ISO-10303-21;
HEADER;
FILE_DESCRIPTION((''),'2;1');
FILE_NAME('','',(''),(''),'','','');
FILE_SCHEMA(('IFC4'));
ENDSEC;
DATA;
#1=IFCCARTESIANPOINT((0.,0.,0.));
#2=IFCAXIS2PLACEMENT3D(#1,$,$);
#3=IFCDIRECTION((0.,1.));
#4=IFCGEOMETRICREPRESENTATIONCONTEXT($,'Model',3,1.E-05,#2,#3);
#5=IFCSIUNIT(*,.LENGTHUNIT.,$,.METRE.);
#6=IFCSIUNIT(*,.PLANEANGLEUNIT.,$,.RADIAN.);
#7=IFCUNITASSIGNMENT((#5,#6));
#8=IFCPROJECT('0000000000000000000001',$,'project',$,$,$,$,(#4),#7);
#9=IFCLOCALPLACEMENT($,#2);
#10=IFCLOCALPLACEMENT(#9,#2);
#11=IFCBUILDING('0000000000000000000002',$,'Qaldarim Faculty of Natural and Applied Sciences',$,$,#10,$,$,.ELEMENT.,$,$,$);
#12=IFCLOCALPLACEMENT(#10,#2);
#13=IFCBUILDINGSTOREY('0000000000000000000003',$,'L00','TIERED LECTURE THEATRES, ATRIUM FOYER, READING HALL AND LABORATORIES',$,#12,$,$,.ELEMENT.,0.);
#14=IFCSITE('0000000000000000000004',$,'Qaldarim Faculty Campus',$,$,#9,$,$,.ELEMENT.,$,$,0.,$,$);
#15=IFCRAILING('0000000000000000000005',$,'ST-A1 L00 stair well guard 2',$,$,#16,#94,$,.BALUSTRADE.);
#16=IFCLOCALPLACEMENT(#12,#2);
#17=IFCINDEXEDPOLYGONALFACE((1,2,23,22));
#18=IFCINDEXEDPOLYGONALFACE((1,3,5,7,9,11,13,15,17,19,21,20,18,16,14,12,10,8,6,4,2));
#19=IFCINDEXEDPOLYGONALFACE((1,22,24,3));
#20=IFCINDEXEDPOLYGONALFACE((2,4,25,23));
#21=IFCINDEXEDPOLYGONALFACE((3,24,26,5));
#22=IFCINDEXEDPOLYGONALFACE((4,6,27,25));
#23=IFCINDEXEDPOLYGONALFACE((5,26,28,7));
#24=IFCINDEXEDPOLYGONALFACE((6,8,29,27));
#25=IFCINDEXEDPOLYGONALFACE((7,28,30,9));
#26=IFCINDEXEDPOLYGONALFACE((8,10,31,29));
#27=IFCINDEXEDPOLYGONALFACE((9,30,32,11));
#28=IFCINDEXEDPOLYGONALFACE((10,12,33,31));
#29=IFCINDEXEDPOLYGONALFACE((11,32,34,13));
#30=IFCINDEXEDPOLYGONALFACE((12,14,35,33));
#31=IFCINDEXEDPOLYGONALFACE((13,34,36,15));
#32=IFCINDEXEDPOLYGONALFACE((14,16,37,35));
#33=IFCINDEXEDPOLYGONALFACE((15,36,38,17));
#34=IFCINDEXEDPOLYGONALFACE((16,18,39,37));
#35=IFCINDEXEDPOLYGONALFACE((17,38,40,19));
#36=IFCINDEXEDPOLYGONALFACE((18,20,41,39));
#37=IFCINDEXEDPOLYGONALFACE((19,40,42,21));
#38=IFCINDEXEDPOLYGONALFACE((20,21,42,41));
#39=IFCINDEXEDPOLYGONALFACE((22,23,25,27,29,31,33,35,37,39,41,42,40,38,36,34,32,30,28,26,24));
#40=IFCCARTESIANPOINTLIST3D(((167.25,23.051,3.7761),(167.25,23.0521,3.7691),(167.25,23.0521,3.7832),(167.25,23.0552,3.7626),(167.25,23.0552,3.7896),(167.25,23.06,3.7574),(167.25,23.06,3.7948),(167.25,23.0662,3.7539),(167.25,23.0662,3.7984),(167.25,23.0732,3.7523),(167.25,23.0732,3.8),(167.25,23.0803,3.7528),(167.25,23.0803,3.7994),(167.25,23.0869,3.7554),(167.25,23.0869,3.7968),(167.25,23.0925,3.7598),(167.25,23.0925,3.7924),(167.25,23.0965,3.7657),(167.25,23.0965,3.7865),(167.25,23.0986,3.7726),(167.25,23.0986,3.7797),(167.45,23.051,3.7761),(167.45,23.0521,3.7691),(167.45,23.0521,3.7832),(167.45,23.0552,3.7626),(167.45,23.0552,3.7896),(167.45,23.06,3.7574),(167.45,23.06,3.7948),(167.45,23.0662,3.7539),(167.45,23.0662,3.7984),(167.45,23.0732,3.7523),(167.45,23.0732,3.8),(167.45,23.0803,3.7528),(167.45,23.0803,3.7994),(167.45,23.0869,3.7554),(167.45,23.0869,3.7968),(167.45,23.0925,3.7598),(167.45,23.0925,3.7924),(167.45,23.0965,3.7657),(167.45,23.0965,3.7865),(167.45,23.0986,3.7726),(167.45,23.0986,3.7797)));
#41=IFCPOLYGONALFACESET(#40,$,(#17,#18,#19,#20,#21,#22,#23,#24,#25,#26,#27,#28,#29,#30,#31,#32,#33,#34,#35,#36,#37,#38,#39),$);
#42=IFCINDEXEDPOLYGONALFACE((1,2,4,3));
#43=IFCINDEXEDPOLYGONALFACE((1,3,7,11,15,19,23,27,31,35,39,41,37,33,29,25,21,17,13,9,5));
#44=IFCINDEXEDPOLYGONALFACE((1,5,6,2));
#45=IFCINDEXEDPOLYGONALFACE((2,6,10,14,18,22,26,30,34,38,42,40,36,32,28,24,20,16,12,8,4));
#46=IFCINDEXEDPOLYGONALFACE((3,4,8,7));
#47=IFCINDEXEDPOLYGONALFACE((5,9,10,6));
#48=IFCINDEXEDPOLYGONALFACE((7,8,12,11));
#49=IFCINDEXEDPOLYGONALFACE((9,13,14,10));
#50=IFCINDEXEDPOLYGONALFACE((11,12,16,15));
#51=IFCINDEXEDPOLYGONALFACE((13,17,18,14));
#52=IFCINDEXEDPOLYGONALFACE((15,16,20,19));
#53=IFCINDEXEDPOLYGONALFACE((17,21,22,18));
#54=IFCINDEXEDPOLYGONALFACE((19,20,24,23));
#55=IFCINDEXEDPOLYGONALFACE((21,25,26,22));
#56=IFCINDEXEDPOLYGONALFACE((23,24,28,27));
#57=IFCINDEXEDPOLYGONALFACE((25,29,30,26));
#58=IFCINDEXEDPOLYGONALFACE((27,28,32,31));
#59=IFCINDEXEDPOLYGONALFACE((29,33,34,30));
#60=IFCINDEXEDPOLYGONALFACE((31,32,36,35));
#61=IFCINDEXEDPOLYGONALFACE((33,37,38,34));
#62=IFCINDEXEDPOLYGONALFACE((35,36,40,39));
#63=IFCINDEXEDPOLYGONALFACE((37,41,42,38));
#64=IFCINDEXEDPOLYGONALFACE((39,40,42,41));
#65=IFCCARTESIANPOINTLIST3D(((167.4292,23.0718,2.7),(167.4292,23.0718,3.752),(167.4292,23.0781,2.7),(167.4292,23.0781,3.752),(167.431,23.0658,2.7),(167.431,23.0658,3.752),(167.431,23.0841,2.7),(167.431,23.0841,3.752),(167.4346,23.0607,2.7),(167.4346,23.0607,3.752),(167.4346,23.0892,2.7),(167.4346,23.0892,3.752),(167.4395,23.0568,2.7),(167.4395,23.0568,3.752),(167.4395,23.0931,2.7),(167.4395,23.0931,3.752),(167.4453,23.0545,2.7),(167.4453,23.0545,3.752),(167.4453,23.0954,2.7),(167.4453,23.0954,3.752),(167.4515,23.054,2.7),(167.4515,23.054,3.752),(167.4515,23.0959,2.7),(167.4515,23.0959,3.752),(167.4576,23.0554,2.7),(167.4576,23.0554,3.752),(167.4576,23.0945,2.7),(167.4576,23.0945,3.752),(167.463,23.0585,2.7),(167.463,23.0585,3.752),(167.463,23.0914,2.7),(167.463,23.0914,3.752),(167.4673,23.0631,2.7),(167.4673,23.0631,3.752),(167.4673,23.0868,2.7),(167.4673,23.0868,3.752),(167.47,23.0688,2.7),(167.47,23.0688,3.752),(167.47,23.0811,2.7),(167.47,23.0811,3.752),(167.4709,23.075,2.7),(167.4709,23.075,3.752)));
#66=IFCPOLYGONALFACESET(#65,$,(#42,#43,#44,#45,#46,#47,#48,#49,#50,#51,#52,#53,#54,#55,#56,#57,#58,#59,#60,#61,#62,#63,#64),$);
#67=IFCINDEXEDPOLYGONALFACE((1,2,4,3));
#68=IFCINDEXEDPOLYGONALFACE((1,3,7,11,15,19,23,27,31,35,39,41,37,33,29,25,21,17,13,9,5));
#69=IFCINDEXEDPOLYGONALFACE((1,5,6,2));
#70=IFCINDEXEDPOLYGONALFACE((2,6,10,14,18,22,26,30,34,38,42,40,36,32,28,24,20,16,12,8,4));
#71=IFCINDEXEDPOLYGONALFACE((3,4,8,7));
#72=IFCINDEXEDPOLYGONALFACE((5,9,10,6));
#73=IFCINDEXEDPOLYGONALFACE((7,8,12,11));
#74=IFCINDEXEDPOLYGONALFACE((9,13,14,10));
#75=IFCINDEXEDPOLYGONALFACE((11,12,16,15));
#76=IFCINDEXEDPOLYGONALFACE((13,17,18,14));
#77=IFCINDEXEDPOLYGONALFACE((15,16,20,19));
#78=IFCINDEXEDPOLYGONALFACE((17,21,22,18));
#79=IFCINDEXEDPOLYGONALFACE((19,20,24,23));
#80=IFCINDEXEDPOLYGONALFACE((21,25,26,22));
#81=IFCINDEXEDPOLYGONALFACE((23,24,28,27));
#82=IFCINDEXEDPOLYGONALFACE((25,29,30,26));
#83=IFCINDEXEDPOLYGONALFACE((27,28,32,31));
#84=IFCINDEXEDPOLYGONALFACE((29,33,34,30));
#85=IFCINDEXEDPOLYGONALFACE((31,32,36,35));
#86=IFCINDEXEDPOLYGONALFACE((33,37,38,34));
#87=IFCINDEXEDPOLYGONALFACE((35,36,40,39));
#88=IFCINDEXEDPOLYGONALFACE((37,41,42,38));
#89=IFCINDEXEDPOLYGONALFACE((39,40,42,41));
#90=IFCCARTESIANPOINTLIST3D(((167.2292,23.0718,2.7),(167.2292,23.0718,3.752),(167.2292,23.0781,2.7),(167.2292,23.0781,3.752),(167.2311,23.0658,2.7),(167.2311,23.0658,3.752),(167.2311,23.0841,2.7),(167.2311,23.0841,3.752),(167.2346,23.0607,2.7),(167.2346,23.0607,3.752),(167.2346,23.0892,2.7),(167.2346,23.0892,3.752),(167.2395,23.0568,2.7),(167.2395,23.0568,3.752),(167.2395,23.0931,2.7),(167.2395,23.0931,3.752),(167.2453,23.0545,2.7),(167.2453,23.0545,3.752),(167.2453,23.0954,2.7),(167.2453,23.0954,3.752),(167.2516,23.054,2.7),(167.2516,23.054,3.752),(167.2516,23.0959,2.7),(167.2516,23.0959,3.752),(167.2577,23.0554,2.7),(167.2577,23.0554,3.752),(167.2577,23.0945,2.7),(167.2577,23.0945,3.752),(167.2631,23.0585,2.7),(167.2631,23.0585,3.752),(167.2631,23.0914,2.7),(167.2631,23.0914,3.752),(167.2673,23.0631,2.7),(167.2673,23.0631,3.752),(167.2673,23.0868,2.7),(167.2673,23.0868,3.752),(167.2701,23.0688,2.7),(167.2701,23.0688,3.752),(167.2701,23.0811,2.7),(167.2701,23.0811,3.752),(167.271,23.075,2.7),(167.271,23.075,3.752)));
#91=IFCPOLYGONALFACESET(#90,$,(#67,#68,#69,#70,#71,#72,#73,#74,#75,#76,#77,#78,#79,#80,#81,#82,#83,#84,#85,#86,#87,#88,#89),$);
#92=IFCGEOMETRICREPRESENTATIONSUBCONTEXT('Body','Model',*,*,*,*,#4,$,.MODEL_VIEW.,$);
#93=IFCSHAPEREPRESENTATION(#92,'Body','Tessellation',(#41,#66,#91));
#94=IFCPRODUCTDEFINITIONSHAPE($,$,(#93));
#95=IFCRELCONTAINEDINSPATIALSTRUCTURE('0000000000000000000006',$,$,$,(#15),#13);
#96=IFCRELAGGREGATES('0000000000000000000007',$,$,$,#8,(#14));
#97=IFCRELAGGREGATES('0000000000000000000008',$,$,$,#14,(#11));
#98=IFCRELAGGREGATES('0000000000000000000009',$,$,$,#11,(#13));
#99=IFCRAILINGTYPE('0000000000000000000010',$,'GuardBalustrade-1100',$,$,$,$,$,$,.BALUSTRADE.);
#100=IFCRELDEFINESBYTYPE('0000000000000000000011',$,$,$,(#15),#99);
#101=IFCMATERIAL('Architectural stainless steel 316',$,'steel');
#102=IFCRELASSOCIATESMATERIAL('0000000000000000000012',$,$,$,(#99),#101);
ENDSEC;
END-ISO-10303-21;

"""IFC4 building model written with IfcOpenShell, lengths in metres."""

from ifc_helpers import new_model, si_unit, direction, frame, origin, origin_2d, place, context, subcontext, project, spatial, circle, extrude, material, type_object, element, save


model = new_model("IFC4")

# Units and contexts
model_context = context("Model", 3, precision=1e-05, world=origin(), true_north=direction((0.0, 1.0)))
body_context = subcontext(model_context, "Body", "Model", "MODEL_VIEW")
ifc_project = project(units=[si_unit("LENGTHUNIT", "METRE"), si_unit("PLANEANGLEUNIT", "RADIAN")], contexts=[model_context])

# Site, building, storey
site_placement = place(None, origin())
site = spatial("IfcSite", under=ifc_project, at=site_placement, Name="Qaldarim Faculty Campus", CompositionType="ELEMENT", RefElevation=0.0)
building_placement = place(site_placement, origin())
building = spatial("IfcBuilding", under=site, at=building_placement, Name="Qaldarim Faculty of Natural and Applied Sciences", CompositionType="ELEMENT")
storey_placement = place(building_placement, origin())
storey = spatial("IfcBuildingStorey", under=building, at=storey_placement, Name="L00", Description="TIERED LECTURE THEATRES, ATRIUM FOYER, READING HALL AND LABORATORIES", CompositionType="ELEMENT", Elevation=0.0)

# Shared definitions
ifc_material_1 = material(Name="Architectural stainless steel 316", Category="steel")

# Railing
railing_type_1 = type_object("IfcRailingType", Name="GuardBalustrade-1100", PredefinedType="BALUSTRADE", material=ifc_material_1)
railing_1_placement = place(storey_placement, frame((167.45, 23.075, 2.7)))
element("IfcRailing", 1, at=railing_1_placement, inside=storey, type_object=railing_type_1, Name="ST-A1 L00 stair well guard 2", PredefinedType="BALUSTRADE", context=body_context, shape_type="SweptSolid", body=[
    extrude(circle(Radius=0.0239, at=origin_2d()), frame((0.0, 0.0, 1.0762), z_axis=(-1.0, 0.0, 0.0), x_axis=(0.0, -1.0, 0.0)), (0.0, 0.0, 1.0), 0.2),
    extrude(circle(Radius=0.021, at=origin_2d()), origin(), (0.0, 0.0, 1.0), 1.052),
    extrude(circle(Radius=0.021, at=origin_2d()), frame((-0.2, 0.0, 0.0)), (0.0, 0.0, 1.0), 1.052),
])

save(model, "model.ifc")
